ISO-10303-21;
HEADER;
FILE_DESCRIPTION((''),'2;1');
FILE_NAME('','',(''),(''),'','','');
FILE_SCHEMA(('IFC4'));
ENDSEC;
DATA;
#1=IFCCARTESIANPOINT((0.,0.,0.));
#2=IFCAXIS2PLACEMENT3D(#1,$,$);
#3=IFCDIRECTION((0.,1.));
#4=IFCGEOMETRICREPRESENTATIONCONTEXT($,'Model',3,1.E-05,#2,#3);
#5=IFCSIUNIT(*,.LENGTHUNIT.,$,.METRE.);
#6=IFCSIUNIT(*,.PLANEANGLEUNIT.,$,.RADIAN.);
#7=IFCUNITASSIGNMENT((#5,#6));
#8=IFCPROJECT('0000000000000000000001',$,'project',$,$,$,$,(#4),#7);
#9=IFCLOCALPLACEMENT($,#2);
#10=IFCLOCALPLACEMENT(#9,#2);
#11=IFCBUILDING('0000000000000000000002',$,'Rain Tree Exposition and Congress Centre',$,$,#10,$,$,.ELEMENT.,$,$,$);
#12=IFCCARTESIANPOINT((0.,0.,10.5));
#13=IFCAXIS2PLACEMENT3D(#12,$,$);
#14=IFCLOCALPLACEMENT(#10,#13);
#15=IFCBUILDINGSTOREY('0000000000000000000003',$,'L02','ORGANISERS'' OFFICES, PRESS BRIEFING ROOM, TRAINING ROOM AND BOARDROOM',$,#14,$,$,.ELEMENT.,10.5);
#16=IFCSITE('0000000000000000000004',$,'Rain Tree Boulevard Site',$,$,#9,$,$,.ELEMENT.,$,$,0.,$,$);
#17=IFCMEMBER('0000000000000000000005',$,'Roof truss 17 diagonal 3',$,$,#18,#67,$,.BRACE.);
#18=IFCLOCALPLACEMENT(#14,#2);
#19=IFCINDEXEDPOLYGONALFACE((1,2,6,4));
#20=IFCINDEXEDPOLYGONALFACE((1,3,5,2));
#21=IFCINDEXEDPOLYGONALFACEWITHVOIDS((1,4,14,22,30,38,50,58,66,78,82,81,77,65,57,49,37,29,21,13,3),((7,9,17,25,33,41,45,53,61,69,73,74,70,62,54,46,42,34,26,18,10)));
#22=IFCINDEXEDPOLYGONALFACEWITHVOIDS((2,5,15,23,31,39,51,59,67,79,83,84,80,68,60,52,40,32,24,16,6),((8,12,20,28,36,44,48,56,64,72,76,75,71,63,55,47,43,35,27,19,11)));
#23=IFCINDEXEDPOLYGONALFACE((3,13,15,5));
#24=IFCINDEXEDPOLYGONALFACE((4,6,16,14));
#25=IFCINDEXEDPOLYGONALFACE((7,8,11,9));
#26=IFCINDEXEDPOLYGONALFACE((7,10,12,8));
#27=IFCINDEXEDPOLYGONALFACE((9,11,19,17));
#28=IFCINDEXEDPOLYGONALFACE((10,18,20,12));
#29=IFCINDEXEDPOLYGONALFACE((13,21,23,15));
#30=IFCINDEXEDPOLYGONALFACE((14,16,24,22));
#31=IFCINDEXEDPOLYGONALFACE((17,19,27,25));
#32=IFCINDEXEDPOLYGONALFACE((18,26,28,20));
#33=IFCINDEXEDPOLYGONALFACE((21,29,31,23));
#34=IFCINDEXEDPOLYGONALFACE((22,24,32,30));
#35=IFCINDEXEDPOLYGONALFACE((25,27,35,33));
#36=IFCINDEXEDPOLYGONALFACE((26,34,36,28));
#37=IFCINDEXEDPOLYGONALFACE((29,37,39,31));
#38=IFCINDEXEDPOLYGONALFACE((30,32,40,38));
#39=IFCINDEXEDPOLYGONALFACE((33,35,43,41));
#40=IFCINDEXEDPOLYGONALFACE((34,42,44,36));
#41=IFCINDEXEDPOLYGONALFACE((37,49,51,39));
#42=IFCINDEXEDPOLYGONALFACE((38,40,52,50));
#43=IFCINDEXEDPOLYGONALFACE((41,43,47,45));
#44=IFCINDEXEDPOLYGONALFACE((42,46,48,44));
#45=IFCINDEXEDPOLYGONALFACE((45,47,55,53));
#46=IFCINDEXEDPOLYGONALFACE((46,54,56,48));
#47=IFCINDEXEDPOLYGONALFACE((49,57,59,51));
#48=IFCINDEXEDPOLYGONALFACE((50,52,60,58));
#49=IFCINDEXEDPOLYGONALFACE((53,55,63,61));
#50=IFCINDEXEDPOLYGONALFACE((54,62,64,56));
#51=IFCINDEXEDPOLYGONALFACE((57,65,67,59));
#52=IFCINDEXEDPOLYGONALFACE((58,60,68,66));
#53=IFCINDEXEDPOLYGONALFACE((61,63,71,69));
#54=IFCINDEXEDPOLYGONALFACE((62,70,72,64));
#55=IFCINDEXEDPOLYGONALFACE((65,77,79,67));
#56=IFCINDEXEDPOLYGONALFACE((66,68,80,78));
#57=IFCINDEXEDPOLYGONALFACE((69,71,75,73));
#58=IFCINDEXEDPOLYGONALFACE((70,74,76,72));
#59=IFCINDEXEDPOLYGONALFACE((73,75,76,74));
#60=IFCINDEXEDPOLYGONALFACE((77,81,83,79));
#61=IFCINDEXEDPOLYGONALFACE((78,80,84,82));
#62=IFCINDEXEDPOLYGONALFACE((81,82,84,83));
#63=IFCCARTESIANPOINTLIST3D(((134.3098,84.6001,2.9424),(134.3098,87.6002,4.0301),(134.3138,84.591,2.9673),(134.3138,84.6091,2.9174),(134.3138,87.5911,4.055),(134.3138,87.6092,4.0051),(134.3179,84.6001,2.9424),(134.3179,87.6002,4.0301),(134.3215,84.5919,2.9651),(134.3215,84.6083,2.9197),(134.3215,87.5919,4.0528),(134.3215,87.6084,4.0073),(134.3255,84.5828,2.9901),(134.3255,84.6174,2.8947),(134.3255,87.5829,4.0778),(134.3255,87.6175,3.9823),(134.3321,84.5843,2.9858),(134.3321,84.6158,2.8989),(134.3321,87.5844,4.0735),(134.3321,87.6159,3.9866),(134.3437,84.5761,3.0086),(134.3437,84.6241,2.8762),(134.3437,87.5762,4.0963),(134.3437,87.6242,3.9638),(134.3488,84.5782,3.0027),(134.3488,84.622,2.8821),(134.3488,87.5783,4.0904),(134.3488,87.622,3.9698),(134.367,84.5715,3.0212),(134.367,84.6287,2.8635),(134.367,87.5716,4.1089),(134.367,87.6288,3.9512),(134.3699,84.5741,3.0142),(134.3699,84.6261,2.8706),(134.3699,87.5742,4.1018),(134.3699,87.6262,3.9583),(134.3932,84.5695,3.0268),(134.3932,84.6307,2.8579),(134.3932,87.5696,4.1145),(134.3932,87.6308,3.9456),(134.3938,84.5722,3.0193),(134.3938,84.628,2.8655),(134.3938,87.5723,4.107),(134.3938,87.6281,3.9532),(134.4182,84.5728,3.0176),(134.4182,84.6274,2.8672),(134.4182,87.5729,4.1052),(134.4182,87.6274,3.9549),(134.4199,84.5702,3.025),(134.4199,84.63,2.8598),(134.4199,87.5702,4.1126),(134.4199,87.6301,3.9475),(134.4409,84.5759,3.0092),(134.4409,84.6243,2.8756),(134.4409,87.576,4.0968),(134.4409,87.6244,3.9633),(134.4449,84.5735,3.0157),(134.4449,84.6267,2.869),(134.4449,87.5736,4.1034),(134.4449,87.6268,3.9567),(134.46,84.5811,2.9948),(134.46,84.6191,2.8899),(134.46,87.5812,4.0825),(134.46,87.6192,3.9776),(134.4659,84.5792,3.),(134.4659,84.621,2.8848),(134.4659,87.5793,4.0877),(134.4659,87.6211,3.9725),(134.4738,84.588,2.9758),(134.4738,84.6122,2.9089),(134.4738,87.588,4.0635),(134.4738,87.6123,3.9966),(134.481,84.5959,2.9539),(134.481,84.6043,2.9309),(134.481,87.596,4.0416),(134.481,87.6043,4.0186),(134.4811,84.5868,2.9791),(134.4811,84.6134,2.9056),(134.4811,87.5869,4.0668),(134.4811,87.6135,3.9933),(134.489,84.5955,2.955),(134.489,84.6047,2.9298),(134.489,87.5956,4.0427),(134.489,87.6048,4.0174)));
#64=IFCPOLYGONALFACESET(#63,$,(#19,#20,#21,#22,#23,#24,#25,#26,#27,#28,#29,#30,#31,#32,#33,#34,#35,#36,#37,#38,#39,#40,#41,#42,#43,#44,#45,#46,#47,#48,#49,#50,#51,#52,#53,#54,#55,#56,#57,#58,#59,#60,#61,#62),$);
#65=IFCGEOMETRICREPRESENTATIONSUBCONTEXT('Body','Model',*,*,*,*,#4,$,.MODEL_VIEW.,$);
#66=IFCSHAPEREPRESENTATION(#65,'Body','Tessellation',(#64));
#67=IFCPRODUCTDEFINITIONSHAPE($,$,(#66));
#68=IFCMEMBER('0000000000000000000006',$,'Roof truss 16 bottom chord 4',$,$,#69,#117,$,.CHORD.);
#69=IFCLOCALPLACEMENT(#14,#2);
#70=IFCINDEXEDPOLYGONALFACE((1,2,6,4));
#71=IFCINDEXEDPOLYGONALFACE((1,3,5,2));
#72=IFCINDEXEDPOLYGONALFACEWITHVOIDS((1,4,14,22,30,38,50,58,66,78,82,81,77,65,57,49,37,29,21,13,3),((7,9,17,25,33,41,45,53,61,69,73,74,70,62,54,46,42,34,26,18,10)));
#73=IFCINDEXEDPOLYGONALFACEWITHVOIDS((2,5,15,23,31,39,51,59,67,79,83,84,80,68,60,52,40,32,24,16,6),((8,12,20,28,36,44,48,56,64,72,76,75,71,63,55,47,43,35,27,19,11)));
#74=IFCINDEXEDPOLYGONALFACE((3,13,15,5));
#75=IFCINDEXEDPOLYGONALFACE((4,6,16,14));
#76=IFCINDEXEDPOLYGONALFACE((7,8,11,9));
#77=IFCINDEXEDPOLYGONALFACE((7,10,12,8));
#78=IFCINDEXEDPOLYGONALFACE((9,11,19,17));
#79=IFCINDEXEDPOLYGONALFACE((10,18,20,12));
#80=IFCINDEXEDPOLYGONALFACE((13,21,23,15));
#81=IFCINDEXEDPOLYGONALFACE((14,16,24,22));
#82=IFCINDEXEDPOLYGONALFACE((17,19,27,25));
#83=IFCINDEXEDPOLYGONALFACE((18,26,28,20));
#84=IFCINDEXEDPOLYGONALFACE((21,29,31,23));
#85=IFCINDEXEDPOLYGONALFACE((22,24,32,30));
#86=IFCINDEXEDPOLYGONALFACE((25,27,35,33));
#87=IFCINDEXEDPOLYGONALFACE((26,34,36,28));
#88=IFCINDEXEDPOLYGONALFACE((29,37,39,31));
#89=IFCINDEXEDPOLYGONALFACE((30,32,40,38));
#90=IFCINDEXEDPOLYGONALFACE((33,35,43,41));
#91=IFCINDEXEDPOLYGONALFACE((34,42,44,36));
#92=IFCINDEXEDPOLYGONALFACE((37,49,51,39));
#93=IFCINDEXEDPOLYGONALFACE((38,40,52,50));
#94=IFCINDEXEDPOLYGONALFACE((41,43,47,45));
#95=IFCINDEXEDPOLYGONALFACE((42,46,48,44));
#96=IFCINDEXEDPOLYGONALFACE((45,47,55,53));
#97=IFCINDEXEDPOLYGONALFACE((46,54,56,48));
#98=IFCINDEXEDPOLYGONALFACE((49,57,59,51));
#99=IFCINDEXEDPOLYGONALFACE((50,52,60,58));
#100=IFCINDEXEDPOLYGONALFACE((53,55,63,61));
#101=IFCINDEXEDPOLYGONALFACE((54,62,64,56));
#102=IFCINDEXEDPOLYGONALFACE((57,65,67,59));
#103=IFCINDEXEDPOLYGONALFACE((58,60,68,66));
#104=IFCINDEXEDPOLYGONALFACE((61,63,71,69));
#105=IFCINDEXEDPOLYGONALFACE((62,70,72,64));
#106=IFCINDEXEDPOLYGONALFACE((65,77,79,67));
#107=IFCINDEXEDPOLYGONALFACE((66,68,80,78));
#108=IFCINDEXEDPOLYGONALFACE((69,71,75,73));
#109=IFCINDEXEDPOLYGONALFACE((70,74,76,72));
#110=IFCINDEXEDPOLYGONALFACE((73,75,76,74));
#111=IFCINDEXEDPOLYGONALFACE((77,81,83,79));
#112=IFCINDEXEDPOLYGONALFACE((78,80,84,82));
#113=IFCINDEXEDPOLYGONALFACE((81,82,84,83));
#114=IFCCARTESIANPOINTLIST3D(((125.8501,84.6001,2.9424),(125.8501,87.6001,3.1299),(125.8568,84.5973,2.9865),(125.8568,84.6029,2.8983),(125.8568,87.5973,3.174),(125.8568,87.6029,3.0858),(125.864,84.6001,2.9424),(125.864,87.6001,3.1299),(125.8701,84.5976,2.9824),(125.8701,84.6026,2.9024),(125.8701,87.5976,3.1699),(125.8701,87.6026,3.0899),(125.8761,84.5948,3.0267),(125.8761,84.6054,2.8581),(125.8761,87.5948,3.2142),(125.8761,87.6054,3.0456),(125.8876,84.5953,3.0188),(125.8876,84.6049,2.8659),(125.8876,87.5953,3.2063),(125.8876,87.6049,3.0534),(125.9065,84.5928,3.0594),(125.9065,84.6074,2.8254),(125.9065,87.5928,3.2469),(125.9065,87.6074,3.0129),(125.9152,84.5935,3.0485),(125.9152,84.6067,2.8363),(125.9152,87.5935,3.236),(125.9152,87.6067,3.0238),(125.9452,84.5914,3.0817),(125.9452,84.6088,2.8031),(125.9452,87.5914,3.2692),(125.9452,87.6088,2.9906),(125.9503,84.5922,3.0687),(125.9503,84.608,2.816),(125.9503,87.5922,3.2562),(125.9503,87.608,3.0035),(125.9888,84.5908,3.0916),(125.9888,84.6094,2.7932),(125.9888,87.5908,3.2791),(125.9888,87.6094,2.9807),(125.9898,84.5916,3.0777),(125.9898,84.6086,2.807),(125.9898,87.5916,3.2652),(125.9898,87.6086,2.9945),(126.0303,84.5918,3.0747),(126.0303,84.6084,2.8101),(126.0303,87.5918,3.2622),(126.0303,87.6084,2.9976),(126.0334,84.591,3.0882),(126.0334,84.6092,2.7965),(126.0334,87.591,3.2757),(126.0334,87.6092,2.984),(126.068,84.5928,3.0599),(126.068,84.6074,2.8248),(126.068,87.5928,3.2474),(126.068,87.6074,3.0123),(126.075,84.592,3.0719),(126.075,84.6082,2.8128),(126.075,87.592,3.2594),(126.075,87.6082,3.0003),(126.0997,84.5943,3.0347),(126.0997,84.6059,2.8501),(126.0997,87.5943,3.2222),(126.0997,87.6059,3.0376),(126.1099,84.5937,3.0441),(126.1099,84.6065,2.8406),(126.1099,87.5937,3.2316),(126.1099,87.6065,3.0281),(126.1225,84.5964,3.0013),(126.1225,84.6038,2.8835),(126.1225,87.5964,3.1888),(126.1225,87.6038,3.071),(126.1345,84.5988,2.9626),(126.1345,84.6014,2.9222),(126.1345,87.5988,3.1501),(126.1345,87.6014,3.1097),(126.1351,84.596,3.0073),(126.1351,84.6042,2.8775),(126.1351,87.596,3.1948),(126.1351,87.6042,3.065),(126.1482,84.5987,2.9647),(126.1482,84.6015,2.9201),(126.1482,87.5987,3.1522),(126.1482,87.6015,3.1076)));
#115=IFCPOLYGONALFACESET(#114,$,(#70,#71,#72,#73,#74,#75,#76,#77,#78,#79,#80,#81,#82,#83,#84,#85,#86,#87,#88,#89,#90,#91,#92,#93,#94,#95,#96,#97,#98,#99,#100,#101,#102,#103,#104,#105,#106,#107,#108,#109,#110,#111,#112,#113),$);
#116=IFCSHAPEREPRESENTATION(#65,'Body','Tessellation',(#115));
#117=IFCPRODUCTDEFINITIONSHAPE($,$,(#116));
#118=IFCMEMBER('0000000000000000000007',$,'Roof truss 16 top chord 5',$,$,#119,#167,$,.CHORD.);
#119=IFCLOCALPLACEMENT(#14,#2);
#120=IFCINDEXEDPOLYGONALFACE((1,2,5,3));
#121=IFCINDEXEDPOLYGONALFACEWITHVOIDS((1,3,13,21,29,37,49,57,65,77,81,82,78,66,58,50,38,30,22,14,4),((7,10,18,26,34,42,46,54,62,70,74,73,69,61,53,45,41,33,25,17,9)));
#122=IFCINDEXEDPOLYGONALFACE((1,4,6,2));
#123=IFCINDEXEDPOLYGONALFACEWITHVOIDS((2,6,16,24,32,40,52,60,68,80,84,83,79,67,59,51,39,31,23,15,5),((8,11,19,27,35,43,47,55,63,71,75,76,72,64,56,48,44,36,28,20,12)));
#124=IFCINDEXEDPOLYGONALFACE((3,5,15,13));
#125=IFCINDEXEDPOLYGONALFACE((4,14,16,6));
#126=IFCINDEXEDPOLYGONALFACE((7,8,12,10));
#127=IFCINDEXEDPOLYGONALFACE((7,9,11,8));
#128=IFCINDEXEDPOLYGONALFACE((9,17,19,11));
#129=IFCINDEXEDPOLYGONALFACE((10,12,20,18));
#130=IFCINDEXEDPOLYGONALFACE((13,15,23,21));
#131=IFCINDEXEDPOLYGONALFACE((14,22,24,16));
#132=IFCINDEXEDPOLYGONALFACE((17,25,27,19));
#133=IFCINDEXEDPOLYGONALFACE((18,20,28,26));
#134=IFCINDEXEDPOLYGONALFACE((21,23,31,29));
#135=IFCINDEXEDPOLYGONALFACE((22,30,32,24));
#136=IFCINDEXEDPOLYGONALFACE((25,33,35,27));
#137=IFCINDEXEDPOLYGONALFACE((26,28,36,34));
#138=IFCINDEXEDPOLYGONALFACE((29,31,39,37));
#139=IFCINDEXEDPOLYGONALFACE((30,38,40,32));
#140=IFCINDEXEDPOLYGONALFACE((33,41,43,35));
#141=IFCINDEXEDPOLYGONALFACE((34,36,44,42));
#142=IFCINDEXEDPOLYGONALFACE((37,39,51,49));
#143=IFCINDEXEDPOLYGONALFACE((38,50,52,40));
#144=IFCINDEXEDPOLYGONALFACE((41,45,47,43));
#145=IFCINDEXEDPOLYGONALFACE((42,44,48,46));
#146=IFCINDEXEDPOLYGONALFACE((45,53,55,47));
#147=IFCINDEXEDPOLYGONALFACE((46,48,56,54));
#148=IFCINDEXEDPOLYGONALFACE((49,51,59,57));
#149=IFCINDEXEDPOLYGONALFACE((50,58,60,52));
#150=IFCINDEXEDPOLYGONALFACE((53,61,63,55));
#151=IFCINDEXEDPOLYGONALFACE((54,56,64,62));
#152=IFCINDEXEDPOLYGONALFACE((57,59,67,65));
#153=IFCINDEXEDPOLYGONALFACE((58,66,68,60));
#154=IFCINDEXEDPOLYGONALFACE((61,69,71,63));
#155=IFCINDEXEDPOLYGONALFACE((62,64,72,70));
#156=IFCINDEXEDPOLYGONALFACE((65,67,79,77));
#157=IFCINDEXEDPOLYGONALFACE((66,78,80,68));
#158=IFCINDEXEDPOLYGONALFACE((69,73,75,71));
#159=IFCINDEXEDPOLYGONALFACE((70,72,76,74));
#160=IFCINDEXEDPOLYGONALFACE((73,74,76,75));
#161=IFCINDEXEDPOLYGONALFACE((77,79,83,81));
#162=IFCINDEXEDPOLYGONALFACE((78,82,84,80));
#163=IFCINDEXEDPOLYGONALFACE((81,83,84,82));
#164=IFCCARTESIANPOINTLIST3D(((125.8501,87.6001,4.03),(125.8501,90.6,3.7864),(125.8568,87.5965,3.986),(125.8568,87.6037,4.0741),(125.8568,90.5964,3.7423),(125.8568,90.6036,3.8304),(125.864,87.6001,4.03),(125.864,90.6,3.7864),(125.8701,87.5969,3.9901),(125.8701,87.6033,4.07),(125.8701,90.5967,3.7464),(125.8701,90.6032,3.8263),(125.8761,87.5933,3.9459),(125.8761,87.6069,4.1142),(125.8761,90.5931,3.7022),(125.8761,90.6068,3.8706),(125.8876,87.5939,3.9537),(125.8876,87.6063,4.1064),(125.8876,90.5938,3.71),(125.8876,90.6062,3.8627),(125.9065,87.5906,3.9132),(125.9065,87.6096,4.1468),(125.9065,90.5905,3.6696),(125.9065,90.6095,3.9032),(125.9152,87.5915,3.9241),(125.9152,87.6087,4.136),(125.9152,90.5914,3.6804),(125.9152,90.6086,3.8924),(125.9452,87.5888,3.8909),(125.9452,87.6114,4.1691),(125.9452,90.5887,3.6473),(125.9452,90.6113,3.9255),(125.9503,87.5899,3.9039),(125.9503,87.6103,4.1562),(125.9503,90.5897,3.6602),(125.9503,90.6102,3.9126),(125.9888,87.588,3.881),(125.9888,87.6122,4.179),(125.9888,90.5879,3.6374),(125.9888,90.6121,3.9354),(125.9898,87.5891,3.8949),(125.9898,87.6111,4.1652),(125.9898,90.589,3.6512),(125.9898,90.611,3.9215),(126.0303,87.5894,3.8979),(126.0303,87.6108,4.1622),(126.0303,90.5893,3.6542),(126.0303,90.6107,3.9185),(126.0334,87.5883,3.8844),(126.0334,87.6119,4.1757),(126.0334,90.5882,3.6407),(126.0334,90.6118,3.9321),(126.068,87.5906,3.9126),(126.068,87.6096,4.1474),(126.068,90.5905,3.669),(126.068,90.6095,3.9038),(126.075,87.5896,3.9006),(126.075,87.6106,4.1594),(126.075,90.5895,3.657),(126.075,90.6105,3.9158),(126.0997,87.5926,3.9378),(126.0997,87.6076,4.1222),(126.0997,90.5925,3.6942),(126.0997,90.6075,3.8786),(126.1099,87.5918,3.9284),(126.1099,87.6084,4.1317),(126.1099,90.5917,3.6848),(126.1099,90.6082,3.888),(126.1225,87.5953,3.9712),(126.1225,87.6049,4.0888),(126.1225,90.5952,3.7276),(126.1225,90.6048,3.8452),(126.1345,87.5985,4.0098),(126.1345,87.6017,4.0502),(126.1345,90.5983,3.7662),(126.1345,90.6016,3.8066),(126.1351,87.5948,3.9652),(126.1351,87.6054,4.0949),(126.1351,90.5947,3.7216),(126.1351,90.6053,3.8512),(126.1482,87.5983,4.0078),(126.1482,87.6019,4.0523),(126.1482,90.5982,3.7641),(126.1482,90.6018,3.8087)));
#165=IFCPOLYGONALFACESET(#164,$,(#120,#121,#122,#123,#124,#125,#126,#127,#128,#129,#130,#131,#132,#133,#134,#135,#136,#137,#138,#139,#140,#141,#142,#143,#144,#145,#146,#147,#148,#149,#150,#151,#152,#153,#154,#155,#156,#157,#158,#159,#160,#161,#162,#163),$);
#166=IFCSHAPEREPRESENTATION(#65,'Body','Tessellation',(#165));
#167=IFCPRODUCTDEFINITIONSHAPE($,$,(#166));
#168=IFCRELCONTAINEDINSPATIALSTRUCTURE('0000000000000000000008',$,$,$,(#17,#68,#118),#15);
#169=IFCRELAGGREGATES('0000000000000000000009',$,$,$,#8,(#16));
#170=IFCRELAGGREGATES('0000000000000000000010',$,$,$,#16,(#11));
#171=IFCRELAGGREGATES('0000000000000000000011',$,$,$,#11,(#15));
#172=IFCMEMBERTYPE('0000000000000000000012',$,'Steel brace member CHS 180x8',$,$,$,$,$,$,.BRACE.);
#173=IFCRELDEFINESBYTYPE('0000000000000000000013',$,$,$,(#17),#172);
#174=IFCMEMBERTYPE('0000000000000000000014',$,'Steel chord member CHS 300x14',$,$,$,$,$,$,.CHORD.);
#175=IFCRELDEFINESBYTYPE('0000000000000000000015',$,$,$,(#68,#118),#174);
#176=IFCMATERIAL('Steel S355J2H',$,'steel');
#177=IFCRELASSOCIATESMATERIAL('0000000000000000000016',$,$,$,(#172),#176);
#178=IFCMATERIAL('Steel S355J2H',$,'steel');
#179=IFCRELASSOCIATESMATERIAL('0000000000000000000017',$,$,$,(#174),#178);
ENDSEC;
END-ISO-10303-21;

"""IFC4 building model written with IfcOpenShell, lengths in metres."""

from ifc_helpers import new_model, si_unit, direction, frame, origin, origin_2d, place, context, subcontext, project, spatial, hollow_circle, extrude, material, material_profile, profile_set, type_object, element, save


model = new_model("IFC4")

# Units and contexts
model_context = context("Model", 3, precision=1e-05, world=origin(), true_north=direction((0.0, 1.0)))
body_context = subcontext(model_context, "Body", "Model", "MODEL_VIEW")
ifc_project = project(units=[si_unit("LENGTHUNIT", "METRE"), si_unit("PLANEANGLEUNIT", "RADIAN")], contexts=[model_context])

# Site, building, storey
site_placement = place(None, origin())
site = spatial("IfcSite", under=ifc_project, at=site_placement, Name="Rain Tree Boulevard Site", CompositionType="ELEMENT", RefElevation=0.0)
building_placement = place(site_placement, origin())
building = spatial("IfcBuilding", under=site, at=building_placement, Name="Rain Tree Exposition and Congress Centre", CompositionType="ELEMENT")
storey_placement = place(building_placement, frame((0.0, 0.0, 10.5)))
storey = spatial("IfcBuildingStorey", under=building, at=storey_placement, Name="L02", Description="ORGANISERS' OFFICES, PRESS BRIEFING ROOM, TRAINING ROOM AND BOARDROOM", CompositionType="ELEMENT", Elevation=10.5)

# Members
ifc_material_1 = material(Name="Steel S355J2H", Category="steel")
ifc_material_profile_1 = material_profile(ifc_material_1, hollow_circle(Radius=0.0901, WallThickness=0.0081, at=origin_2d()), Name="CHS 180x8")
ifc_profile_set_1 = profile_set([ifc_material_profile_1], Name="Steel S355J2H")
member_type_1 = type_object("IfcMemberType", Name="Steel brace member CHS 180x8", PredefinedType="BRACE", material=ifc_profile_set_1)
member_1_placement = place(storey_placement, frame((134.3999, 84.6001, 2.9424), z_axis=(0.0, 0.940121, 0.34084), x_axis=(-1.0, 0.0, 0.0)))
element("IfcMember", 1, at=member_1_placement, inside=storey, type_object=member_type_1, Name="Roof truss 17 diagonal 3", PredefinedType="BRACE", context=body_context, shape_type="SweptSolid", body=[
    extrude(hollow_circle(Radius=0.0901, WallThickness=0.0081, at=origin_2d()), origin(), (0.0, 0.0, 1.0), 3.1912),
])
ifc_material_2 = material(Name="Steel S355J2H", Category="steel")
ifc_material_profile_2 = material_profile(ifc_material_2, hollow_circle(Radius=0.1499, WallThickness=0.0139, at=origin_2d()), Name="CHS 300x14")
ifc_profile_set_2 = profile_set([ifc_material_profile_2], Name="Steel S355J2H")
member_type_2 = type_object("IfcMemberType", Name="Steel chord member CHS 300x14", PredefinedType="CHORD", material=ifc_profile_set_2)
member_2_placement = place(storey_placement, frame((126.0, 84.6001, 2.9424), z_axis=(0.0, 0.998053, 0.062378), x_axis=(-1.0, 0.0, 0.0)))
element("IfcMember", 2, at=member_2_placement, inside=storey, type_object=member_type_2, Name="Roof truss 16 bottom chord 4", PredefinedType="CHORD", context=body_context, shape_type="SweptSolid", body=[
    extrude(hollow_circle(Radius=0.1499, WallThickness=0.0139, at=origin_2d()), origin(), (0.0, 0.0, 1.0), 3.0059),
])
member_3_placement = place(storey_placement, frame((126.0, 87.6001, 4.03), z_axis=(0.0, 0.996718, -0.080951), x_axis=(-1.0, 0.0, 0.0)))
element("IfcMember", 3, at=member_3_placement, inside=storey, type_object=member_type_2, Name="Roof truss 16 top chord 5", PredefinedType="CHORD", context=body_context, shape_type="SweptSolid", body=[
    extrude(hollow_circle(Radius=0.1499, WallThickness=0.0139, at=origin_2d()), origin(), (0.0, 0.0, 1.0), 3.0098),
])

save(model, "model.ifc")
